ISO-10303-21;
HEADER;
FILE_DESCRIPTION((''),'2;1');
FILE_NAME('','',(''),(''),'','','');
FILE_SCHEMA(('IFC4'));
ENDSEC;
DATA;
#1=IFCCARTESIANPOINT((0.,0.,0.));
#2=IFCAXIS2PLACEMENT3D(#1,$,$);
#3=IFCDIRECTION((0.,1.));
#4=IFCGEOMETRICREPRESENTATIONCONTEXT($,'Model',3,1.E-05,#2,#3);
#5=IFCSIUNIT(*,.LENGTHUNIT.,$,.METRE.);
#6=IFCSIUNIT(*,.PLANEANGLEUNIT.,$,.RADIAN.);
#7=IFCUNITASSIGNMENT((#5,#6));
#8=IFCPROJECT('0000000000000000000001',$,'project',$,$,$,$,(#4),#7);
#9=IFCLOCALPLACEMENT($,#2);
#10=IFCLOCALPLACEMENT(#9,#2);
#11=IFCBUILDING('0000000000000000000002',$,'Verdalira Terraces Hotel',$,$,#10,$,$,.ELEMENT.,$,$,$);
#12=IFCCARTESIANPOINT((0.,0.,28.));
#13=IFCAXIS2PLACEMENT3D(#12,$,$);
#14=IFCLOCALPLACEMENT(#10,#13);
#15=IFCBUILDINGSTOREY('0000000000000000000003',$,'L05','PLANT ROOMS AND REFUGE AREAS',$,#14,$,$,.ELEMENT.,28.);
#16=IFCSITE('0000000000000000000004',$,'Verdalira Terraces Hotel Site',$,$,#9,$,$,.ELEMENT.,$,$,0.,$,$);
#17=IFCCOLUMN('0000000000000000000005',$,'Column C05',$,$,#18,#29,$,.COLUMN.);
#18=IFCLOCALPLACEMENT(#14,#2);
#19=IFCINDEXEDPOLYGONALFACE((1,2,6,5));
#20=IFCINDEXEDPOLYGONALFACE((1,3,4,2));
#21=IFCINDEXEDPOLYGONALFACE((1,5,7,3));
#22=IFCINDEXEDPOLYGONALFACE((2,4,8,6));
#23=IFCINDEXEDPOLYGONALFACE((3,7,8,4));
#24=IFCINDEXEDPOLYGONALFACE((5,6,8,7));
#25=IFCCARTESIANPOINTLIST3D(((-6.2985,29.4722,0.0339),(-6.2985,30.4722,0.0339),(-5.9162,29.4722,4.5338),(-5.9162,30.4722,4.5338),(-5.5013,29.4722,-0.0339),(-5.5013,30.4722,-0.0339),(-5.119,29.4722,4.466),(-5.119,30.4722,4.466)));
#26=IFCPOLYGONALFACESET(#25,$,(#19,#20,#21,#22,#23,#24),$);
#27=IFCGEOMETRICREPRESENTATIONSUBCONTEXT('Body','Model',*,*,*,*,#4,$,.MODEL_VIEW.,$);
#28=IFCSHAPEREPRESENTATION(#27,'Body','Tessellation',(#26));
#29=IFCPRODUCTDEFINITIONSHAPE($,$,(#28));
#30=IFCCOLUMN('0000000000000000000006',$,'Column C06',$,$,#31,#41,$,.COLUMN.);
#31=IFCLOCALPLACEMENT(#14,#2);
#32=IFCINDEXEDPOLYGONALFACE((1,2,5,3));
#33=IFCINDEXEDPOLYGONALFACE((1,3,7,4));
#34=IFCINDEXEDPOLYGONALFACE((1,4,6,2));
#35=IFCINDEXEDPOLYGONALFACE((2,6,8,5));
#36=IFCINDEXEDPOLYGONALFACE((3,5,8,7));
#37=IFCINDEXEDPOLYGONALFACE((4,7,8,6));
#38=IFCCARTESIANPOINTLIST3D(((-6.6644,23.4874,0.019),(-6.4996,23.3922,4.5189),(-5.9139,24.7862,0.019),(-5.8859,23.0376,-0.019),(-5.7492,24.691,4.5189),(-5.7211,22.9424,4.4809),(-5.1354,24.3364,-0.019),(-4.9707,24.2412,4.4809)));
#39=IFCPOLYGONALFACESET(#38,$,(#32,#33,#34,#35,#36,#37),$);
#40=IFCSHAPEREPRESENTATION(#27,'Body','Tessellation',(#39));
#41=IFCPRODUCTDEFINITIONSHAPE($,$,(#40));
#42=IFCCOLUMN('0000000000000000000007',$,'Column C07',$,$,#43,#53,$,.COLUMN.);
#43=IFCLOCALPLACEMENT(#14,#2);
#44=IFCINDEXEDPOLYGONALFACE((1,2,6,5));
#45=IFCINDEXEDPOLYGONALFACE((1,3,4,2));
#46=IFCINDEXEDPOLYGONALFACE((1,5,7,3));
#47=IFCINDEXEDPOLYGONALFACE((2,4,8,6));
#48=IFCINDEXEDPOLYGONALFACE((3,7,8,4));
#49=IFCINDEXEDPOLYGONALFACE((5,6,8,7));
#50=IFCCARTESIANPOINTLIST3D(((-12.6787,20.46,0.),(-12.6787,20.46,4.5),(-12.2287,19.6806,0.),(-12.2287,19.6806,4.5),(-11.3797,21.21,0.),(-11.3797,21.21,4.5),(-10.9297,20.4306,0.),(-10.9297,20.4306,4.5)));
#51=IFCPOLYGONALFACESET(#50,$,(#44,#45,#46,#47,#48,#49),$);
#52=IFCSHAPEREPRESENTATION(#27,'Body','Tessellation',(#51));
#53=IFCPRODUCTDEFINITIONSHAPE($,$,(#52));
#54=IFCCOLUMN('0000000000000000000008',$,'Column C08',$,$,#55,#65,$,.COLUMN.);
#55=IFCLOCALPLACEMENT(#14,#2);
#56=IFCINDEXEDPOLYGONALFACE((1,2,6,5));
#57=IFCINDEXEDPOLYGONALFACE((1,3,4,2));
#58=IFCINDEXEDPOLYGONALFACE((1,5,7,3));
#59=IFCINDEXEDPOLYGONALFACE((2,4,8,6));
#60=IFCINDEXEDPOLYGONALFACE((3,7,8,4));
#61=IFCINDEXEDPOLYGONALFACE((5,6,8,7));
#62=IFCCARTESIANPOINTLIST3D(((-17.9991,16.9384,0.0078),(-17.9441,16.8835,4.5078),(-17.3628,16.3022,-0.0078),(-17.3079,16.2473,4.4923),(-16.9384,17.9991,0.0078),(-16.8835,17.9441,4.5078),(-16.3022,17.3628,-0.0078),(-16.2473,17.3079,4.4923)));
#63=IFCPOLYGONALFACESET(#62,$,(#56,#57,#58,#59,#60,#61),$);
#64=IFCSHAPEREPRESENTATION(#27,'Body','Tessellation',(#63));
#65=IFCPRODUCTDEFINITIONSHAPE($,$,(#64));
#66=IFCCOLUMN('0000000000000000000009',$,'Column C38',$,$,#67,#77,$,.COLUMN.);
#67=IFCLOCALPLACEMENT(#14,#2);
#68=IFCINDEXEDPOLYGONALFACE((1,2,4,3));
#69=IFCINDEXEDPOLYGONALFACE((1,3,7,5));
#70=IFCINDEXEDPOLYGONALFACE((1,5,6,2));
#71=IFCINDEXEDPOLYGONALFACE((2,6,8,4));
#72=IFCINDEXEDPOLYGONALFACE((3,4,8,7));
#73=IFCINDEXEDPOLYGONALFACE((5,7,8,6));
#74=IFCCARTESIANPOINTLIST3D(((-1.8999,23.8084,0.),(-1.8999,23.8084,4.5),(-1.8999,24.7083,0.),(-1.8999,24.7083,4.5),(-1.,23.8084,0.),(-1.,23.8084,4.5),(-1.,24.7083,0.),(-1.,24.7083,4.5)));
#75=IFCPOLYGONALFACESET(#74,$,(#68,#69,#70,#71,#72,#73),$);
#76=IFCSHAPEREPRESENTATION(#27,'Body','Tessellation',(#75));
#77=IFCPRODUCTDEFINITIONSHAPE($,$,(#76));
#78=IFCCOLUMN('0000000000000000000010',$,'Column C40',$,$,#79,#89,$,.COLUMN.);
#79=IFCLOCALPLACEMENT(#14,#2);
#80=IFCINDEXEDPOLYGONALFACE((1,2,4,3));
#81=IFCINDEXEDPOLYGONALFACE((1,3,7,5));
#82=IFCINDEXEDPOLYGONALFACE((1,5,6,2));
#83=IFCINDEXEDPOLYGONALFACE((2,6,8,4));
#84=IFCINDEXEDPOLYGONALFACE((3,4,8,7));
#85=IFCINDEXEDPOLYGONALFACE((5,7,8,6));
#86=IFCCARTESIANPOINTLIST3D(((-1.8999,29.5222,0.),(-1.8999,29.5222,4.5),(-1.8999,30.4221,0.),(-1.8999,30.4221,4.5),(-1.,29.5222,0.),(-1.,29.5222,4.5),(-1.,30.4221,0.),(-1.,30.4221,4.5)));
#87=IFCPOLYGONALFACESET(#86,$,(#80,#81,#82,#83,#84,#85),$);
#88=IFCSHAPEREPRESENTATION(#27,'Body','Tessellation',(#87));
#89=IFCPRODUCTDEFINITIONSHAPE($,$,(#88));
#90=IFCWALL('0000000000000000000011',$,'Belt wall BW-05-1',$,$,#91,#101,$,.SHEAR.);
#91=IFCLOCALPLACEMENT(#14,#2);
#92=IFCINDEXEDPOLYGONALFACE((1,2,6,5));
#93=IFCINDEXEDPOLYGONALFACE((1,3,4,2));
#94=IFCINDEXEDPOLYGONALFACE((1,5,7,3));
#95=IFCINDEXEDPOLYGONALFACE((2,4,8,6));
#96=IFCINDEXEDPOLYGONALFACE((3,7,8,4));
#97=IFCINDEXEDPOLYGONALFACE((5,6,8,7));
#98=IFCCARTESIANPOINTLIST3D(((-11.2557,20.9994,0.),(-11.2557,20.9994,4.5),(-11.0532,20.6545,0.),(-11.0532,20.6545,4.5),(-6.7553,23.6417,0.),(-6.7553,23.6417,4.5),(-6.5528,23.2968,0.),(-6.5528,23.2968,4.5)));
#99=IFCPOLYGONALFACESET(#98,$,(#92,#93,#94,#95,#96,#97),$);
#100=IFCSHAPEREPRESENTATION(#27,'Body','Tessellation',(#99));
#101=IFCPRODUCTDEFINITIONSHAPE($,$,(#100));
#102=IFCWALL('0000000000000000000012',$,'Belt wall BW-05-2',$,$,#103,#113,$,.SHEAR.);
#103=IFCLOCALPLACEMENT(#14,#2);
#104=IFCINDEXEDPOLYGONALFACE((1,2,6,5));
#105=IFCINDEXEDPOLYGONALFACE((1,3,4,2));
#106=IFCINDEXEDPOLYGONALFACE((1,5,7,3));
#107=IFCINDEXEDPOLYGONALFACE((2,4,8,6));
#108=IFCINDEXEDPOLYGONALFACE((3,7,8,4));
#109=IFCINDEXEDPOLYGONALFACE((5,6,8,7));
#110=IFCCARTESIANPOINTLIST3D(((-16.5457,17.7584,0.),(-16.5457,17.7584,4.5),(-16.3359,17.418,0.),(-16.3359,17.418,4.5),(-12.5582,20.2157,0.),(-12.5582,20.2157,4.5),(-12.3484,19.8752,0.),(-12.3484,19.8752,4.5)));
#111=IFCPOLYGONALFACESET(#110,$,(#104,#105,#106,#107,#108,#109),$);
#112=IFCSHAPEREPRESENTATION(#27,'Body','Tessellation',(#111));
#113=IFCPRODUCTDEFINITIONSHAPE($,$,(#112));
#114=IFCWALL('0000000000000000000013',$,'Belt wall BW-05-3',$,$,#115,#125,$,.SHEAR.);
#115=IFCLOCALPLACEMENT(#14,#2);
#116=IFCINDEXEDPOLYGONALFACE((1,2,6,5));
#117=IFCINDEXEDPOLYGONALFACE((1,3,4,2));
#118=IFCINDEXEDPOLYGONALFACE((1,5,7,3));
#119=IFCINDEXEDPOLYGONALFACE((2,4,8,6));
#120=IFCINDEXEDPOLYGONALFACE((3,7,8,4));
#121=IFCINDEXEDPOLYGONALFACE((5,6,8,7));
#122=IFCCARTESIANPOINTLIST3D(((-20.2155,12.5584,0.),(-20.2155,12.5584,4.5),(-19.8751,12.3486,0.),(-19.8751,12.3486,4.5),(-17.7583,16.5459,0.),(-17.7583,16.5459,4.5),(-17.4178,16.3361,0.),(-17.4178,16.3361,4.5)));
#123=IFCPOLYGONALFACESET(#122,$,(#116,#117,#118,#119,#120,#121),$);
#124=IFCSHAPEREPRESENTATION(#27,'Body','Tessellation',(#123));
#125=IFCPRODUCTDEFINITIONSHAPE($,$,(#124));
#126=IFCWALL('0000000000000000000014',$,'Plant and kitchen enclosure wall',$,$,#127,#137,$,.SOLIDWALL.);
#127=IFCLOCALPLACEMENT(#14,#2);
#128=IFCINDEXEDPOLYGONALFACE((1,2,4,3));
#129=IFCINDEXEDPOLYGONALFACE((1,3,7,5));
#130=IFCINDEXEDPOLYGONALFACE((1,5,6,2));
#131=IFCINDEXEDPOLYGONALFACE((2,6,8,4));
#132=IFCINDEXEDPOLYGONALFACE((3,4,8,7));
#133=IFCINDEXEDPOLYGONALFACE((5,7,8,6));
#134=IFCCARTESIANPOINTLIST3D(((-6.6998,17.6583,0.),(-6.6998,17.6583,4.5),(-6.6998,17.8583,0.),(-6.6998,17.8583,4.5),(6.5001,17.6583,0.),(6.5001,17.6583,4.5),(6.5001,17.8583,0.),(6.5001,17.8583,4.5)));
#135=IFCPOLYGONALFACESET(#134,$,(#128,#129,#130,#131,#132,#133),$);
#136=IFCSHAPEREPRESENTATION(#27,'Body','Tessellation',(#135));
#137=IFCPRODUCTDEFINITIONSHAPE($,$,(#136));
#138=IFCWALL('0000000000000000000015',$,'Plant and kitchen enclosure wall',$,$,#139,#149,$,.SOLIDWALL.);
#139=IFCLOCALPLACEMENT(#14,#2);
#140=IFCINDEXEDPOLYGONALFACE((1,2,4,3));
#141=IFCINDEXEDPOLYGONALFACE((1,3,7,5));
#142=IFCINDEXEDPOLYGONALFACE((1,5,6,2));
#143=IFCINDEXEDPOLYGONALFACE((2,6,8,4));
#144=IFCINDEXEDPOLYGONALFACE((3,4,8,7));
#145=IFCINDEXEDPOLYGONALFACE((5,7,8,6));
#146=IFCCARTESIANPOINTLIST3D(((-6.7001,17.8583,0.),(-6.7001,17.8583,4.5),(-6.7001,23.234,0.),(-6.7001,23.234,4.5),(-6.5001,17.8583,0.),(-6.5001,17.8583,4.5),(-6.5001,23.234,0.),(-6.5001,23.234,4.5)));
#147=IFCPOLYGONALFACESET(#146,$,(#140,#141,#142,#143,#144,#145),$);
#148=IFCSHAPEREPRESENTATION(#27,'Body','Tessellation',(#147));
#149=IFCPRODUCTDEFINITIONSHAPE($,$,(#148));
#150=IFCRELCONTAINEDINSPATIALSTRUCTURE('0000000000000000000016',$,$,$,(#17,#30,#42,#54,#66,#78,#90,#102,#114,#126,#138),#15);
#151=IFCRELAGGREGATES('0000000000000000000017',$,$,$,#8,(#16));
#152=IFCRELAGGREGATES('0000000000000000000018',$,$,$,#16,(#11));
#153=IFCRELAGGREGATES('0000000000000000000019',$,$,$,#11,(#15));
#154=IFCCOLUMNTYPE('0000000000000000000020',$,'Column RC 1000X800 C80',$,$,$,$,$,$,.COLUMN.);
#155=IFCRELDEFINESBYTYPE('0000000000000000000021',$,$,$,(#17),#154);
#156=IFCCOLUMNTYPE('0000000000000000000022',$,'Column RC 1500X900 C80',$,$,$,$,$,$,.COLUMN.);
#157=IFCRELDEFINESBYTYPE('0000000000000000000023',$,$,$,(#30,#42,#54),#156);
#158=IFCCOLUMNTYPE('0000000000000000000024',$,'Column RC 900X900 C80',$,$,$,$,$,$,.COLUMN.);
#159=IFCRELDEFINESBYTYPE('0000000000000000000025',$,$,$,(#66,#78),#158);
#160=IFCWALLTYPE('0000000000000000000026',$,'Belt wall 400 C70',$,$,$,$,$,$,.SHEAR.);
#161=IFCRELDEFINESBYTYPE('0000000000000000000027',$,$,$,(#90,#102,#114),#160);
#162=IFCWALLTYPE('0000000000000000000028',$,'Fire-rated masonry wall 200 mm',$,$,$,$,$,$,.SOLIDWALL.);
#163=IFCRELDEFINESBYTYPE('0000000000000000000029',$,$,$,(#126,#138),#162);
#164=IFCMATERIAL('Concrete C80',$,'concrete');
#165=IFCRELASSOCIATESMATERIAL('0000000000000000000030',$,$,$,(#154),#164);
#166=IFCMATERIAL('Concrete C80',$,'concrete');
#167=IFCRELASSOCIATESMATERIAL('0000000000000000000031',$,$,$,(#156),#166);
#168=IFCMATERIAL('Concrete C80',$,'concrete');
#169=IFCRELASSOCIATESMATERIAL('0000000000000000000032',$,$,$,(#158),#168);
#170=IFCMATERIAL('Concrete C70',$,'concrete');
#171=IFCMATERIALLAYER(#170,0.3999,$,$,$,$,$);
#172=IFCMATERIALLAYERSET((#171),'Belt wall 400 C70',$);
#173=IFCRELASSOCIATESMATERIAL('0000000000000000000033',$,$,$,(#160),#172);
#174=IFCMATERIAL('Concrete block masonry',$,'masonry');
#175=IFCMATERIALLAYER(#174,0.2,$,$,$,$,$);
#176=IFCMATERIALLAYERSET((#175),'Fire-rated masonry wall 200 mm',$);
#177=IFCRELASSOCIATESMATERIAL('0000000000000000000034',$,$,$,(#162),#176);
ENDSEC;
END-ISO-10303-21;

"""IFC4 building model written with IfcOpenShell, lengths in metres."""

from ifc_helpers import new_model, si_unit, direction, frame, frame_2d, origin, origin_2d, place, context, subcontext, project, spatial, rectangle, extrude, material, layer, layer_set, material_profile, profile_set, type_object, element, save


model = new_model("IFC4")

# Units and contexts
model_context = context("Model", 3, precision=1e-05, world=origin(), true_north=direction((0.0, 1.0)))
body_context = subcontext(model_context, "Body", "Model", "MODEL_VIEW")
ifc_project = project(units=[si_unit("LENGTHUNIT", "METRE"), si_unit("PLANEANGLEUNIT", "RADIAN")], contexts=[model_context])

# Site, building, storey
site_placement = place(None, origin())
site = spatial("IfcSite", under=ifc_project, at=site_placement, Name="Verdalira Terraces Hotel Site", CompositionType="ELEMENT", RefElevation=0.0)
building_placement = place(site_placement, origin())
building = spatial("IfcBuilding", under=site, at=building_placement, Name="Verdalira Terraces Hotel", CompositionType="ELEMENT")
storey_placement = place(building_placement, frame((0.0, 0.0, 28.0)))
storey = spatial("IfcBuildingStorey", under=building, at=storey_placement, Name="L05", Description="PLANT ROOMS AND REFUGE AREAS", CompositionType="ELEMENT", Elevation=28.0)

# Columns
ifc_material_1 = material(Name="Concrete C80", Category="concrete")
ifc_material_profile_1 = material_profile(ifc_material_1, rectangle(XDim=1.0, YDim=0.8, at=origin_2d()), Name="RC 1000X800")
ifc_profile_set_1 = profile_set([ifc_material_profile_1], Name="Concrete C80")
column_type_1 = type_object("IfcColumnType", Name="Column RC 1000X800 C80", PredefinedType="COLUMN", material=ifc_profile_set_1)
column_1_placement = place(storey_placement, frame((-5.8999, 29.9722, 0.0), z_axis=(0.084656, 0.0, 0.99641), x_axis=(0.0, -1.0, 0.0)))
element("IfcColumn", 1, at=column_1_placement, inside=storey, type_object=column_type_1, Name="Column C05", PredefinedType="COLUMN", context=body_context, shape_type="SweptSolid", body=[
    extrude(rectangle(XDim=1.0, YDim=0.8, at=origin_2d()), origin(), (0.0, 0.0, 1.0), 4.5161),
])
ifc_material_2 = material(Name="Concrete C80", Category="concrete")
ifc_material_profile_2 = material_profile(ifc_material_2, rectangle(XDim=1.5, YDim=0.8999, at=origin_2d()), Name="RC 1500X900")
ifc_profile_set_2 = profile_set([ifc_material_profile_2], Name="Concrete C80")
column_type_2 = type_object("IfcColumnType", Name="Column RC 1500X900 C80", PredefinedType="COLUMN", material=ifc_profile_set_2)
column_2_placement = place(storey_placement, frame((-5.8999, 23.9119, 0.0), z_axis=(0.036588, -0.02114, 0.999107), x_axis=(0.500278, 0.865865, 0.0)))
element("IfcColumn", 2, at=column_2_placement, inside=storey, type_object=column_type_2, Name="Column C06", PredefinedType="COLUMN", context=body_context, shape_type="SweptSolid", body=[
    extrude(rectangle(XDim=1.5, YDim=0.8999, at=origin_2d()), origin(), (0.0, 0.0, 1.0), 4.5039),
])
column_3_placement = place(storey_placement, frame((-11.8042, 20.4453, 0.0), z_axis=(0.0, 0.0, 1.0), x_axis=(-0.866025, -0.5, 0.0)))
element("IfcColumn", 3, at=column_3_placement, inside=storey, type_object=column_type_2, Name="Column C07", PredefinedType="COLUMN", context=body_context, shape_type="SweptSolid", body=[
    extrude(rectangle(XDim=1.5, YDim=0.8999, at=origin_2d()), origin(), (0.0, 0.0, 1.0), 4.5),
])
column_4_placement = place(storey_placement, frame((-17.1506, 17.1506, 0.0), z_axis=(0.012205, -0.012205, 0.999851), x_axis=(0.707107, 0.707107, 0.0)))
element("IfcColumn", 4, at=column_4_placement, inside=storey, type_object=column_type_2, Name="Column C08", PredefinedType="COLUMN", context=body_context, shape_type="SweptSolid", body=[
    extrude(rectangle(XDim=1.5, YDim=0.8999, at=origin_2d()), origin(), (0.0, 0.0, 1.0), 4.5007),
])
ifc_material_3 = material(Name="Concrete C80", Category="concrete")
ifc_material_profile_3 = material_profile(ifc_material_3, rectangle(XDim=0.8999, YDim=0.8999, at=origin_2d()), Name="RC 900X900")
ifc_profile_set_3 = profile_set([ifc_material_profile_3], Name="Concrete C80")
column_type_3 = type_object("IfcColumnType", Name="Column RC 900X900 C80", PredefinedType="COLUMN", material=ifc_profile_set_3)
for number, where, z_axis, x_axis, name in (
    (5, (-1.45, 24.2583, 0.0), (0.0, 0.0, 1.0), (0.0, 1.0, 0.0), "Column C38"),
    (6, (-1.45, 29.9722, 0.0), (0.0, 0.0, 1.0), (0.0, 1.0, 0.0), "Column C40"),
):
    element("IfcColumn", number, at=place(storey_placement, frame(where, z_axis=z_axis, x_axis=x_axis)), inside=storey, type_object=column_type_3, Name=name, PredefinedType="COLUMN", context=body_context, shape_type="SweptSolid", body=[
        extrude(rectangle(XDim=0.8999, YDim=0.8999, at=origin_2d()), origin(), (0.0, 0.0, 1.0), 4.5),
    ])

# Walls
ifc_material_4 = material(Name="Concrete C70", Category="concrete")
ifc_layer_1 = layer(ifc_material_4, 0.3999)
ifc_layer_set_1 = layer_set([ifc_layer_1], Name="Belt wall 400 C70")
wall_type_1 = type_object("IfcWallType", Name="Belt wall 400 C70", PredefinedType="SHEAR", material=ifc_layer_set_1)
wall_1_placement = place(storey_placement, frame((-6.6541, 23.4692, 0.0), z_axis=(0.0, 0.0, 1.0), x_axis=(-0.862354, -0.506306, 0.0)))
element("IfcWall", 7, at=wall_1_placement, inside=storey, type_object=wall_type_1, Name="Belt wall BW-05-1", PredefinedType="SHEAR", context=body_context, shape_type="SweptSolid", body=[
    extrude(rectangle(XDim=5.2188, YDim=0.3999, at=frame_2d((2.6094, 0.0))), origin(), (0.0, 0.0, 1.0), 4.5),
])
for number, where, z_axis, x_axis, name in (
    (8, (-12.4534, 20.0454, 0.0), (0.0, 0.0, 1.0), (-0.851334, -0.524624, 0.0), "Belt wall BW-05-2"),
    (9, (-17.5881, 16.4409, 0.0), (0.0, 0.0, 1.0), (-0.524624, -0.851334, 0.0), "Belt wall BW-05-3"),
):
    element("IfcWall", number, at=place(storey_placement, frame(where, z_axis=z_axis, x_axis=x_axis)), inside=storey, type_object=wall_type_1, Name=name, PredefinedType="SHEAR", context=body_context, shape_type="SweptSolid", body=[
        extrude(rectangle(XDim=4.6838, YDim=0.3999, at=frame_2d((2.3418, 0.0))), origin(), (0.0, 0.0, 1.0), 4.5),
    ])
ifc_material_5 = material(Name="Concrete block masonry", Category="masonry")
ifc_layer_2 = layer(ifc_material_5, 0.2)
ifc_layer_set_2 = layer_set([ifc_layer_2], Name="Fire-rated masonry wall 200 mm")
wall_type_2 = type_object("IfcWallType", Name="Fire-rated masonry wall 200 mm", PredefinedType="SOLIDWALL", material=ifc_layer_set_2)
wall_2_placement = place(storey_placement, frame((-6.7, 17.7583, 0.0), z_axis=(0.0, 0.0, 1.0), x_axis=(1.0, 0.0, 0.0)))
element("IfcWall", 10, at=wall_2_placement, inside=storey, type_object=wall_type_2, Name="Plant and kitchen enclosure wall", PredefinedType="SOLIDWALL", context=body_context, shape_type="SweptSolid", body=[
    extrude(rectangle(XDim=13.2, YDim=0.2, at=frame_2d((6.6001, 0.0))), origin(), (0.0, 0.0, 1.0), 4.5),
])
wall_3_placement = place(storey_placement, frame((-6.6001, 23.2341, 0.0), z_axis=(0.0, 0.0, 1.0), x_axis=(0.0, -1.0, 0.0)))
element("IfcWall", 11, at=wall_3_placement, inside=storey, type_object=wall_type_2, Name="Plant and kitchen enclosure wall", PredefinedType="SOLIDWALL", context=body_context, shape_type="SweptSolid", body=[
    extrude(rectangle(XDim=5.3757, YDim=0.2, at=frame_2d((2.688, 0.0))), origin(), (0.0, 0.0, 1.0), 4.5),
])

save(model, "model.ifc")
